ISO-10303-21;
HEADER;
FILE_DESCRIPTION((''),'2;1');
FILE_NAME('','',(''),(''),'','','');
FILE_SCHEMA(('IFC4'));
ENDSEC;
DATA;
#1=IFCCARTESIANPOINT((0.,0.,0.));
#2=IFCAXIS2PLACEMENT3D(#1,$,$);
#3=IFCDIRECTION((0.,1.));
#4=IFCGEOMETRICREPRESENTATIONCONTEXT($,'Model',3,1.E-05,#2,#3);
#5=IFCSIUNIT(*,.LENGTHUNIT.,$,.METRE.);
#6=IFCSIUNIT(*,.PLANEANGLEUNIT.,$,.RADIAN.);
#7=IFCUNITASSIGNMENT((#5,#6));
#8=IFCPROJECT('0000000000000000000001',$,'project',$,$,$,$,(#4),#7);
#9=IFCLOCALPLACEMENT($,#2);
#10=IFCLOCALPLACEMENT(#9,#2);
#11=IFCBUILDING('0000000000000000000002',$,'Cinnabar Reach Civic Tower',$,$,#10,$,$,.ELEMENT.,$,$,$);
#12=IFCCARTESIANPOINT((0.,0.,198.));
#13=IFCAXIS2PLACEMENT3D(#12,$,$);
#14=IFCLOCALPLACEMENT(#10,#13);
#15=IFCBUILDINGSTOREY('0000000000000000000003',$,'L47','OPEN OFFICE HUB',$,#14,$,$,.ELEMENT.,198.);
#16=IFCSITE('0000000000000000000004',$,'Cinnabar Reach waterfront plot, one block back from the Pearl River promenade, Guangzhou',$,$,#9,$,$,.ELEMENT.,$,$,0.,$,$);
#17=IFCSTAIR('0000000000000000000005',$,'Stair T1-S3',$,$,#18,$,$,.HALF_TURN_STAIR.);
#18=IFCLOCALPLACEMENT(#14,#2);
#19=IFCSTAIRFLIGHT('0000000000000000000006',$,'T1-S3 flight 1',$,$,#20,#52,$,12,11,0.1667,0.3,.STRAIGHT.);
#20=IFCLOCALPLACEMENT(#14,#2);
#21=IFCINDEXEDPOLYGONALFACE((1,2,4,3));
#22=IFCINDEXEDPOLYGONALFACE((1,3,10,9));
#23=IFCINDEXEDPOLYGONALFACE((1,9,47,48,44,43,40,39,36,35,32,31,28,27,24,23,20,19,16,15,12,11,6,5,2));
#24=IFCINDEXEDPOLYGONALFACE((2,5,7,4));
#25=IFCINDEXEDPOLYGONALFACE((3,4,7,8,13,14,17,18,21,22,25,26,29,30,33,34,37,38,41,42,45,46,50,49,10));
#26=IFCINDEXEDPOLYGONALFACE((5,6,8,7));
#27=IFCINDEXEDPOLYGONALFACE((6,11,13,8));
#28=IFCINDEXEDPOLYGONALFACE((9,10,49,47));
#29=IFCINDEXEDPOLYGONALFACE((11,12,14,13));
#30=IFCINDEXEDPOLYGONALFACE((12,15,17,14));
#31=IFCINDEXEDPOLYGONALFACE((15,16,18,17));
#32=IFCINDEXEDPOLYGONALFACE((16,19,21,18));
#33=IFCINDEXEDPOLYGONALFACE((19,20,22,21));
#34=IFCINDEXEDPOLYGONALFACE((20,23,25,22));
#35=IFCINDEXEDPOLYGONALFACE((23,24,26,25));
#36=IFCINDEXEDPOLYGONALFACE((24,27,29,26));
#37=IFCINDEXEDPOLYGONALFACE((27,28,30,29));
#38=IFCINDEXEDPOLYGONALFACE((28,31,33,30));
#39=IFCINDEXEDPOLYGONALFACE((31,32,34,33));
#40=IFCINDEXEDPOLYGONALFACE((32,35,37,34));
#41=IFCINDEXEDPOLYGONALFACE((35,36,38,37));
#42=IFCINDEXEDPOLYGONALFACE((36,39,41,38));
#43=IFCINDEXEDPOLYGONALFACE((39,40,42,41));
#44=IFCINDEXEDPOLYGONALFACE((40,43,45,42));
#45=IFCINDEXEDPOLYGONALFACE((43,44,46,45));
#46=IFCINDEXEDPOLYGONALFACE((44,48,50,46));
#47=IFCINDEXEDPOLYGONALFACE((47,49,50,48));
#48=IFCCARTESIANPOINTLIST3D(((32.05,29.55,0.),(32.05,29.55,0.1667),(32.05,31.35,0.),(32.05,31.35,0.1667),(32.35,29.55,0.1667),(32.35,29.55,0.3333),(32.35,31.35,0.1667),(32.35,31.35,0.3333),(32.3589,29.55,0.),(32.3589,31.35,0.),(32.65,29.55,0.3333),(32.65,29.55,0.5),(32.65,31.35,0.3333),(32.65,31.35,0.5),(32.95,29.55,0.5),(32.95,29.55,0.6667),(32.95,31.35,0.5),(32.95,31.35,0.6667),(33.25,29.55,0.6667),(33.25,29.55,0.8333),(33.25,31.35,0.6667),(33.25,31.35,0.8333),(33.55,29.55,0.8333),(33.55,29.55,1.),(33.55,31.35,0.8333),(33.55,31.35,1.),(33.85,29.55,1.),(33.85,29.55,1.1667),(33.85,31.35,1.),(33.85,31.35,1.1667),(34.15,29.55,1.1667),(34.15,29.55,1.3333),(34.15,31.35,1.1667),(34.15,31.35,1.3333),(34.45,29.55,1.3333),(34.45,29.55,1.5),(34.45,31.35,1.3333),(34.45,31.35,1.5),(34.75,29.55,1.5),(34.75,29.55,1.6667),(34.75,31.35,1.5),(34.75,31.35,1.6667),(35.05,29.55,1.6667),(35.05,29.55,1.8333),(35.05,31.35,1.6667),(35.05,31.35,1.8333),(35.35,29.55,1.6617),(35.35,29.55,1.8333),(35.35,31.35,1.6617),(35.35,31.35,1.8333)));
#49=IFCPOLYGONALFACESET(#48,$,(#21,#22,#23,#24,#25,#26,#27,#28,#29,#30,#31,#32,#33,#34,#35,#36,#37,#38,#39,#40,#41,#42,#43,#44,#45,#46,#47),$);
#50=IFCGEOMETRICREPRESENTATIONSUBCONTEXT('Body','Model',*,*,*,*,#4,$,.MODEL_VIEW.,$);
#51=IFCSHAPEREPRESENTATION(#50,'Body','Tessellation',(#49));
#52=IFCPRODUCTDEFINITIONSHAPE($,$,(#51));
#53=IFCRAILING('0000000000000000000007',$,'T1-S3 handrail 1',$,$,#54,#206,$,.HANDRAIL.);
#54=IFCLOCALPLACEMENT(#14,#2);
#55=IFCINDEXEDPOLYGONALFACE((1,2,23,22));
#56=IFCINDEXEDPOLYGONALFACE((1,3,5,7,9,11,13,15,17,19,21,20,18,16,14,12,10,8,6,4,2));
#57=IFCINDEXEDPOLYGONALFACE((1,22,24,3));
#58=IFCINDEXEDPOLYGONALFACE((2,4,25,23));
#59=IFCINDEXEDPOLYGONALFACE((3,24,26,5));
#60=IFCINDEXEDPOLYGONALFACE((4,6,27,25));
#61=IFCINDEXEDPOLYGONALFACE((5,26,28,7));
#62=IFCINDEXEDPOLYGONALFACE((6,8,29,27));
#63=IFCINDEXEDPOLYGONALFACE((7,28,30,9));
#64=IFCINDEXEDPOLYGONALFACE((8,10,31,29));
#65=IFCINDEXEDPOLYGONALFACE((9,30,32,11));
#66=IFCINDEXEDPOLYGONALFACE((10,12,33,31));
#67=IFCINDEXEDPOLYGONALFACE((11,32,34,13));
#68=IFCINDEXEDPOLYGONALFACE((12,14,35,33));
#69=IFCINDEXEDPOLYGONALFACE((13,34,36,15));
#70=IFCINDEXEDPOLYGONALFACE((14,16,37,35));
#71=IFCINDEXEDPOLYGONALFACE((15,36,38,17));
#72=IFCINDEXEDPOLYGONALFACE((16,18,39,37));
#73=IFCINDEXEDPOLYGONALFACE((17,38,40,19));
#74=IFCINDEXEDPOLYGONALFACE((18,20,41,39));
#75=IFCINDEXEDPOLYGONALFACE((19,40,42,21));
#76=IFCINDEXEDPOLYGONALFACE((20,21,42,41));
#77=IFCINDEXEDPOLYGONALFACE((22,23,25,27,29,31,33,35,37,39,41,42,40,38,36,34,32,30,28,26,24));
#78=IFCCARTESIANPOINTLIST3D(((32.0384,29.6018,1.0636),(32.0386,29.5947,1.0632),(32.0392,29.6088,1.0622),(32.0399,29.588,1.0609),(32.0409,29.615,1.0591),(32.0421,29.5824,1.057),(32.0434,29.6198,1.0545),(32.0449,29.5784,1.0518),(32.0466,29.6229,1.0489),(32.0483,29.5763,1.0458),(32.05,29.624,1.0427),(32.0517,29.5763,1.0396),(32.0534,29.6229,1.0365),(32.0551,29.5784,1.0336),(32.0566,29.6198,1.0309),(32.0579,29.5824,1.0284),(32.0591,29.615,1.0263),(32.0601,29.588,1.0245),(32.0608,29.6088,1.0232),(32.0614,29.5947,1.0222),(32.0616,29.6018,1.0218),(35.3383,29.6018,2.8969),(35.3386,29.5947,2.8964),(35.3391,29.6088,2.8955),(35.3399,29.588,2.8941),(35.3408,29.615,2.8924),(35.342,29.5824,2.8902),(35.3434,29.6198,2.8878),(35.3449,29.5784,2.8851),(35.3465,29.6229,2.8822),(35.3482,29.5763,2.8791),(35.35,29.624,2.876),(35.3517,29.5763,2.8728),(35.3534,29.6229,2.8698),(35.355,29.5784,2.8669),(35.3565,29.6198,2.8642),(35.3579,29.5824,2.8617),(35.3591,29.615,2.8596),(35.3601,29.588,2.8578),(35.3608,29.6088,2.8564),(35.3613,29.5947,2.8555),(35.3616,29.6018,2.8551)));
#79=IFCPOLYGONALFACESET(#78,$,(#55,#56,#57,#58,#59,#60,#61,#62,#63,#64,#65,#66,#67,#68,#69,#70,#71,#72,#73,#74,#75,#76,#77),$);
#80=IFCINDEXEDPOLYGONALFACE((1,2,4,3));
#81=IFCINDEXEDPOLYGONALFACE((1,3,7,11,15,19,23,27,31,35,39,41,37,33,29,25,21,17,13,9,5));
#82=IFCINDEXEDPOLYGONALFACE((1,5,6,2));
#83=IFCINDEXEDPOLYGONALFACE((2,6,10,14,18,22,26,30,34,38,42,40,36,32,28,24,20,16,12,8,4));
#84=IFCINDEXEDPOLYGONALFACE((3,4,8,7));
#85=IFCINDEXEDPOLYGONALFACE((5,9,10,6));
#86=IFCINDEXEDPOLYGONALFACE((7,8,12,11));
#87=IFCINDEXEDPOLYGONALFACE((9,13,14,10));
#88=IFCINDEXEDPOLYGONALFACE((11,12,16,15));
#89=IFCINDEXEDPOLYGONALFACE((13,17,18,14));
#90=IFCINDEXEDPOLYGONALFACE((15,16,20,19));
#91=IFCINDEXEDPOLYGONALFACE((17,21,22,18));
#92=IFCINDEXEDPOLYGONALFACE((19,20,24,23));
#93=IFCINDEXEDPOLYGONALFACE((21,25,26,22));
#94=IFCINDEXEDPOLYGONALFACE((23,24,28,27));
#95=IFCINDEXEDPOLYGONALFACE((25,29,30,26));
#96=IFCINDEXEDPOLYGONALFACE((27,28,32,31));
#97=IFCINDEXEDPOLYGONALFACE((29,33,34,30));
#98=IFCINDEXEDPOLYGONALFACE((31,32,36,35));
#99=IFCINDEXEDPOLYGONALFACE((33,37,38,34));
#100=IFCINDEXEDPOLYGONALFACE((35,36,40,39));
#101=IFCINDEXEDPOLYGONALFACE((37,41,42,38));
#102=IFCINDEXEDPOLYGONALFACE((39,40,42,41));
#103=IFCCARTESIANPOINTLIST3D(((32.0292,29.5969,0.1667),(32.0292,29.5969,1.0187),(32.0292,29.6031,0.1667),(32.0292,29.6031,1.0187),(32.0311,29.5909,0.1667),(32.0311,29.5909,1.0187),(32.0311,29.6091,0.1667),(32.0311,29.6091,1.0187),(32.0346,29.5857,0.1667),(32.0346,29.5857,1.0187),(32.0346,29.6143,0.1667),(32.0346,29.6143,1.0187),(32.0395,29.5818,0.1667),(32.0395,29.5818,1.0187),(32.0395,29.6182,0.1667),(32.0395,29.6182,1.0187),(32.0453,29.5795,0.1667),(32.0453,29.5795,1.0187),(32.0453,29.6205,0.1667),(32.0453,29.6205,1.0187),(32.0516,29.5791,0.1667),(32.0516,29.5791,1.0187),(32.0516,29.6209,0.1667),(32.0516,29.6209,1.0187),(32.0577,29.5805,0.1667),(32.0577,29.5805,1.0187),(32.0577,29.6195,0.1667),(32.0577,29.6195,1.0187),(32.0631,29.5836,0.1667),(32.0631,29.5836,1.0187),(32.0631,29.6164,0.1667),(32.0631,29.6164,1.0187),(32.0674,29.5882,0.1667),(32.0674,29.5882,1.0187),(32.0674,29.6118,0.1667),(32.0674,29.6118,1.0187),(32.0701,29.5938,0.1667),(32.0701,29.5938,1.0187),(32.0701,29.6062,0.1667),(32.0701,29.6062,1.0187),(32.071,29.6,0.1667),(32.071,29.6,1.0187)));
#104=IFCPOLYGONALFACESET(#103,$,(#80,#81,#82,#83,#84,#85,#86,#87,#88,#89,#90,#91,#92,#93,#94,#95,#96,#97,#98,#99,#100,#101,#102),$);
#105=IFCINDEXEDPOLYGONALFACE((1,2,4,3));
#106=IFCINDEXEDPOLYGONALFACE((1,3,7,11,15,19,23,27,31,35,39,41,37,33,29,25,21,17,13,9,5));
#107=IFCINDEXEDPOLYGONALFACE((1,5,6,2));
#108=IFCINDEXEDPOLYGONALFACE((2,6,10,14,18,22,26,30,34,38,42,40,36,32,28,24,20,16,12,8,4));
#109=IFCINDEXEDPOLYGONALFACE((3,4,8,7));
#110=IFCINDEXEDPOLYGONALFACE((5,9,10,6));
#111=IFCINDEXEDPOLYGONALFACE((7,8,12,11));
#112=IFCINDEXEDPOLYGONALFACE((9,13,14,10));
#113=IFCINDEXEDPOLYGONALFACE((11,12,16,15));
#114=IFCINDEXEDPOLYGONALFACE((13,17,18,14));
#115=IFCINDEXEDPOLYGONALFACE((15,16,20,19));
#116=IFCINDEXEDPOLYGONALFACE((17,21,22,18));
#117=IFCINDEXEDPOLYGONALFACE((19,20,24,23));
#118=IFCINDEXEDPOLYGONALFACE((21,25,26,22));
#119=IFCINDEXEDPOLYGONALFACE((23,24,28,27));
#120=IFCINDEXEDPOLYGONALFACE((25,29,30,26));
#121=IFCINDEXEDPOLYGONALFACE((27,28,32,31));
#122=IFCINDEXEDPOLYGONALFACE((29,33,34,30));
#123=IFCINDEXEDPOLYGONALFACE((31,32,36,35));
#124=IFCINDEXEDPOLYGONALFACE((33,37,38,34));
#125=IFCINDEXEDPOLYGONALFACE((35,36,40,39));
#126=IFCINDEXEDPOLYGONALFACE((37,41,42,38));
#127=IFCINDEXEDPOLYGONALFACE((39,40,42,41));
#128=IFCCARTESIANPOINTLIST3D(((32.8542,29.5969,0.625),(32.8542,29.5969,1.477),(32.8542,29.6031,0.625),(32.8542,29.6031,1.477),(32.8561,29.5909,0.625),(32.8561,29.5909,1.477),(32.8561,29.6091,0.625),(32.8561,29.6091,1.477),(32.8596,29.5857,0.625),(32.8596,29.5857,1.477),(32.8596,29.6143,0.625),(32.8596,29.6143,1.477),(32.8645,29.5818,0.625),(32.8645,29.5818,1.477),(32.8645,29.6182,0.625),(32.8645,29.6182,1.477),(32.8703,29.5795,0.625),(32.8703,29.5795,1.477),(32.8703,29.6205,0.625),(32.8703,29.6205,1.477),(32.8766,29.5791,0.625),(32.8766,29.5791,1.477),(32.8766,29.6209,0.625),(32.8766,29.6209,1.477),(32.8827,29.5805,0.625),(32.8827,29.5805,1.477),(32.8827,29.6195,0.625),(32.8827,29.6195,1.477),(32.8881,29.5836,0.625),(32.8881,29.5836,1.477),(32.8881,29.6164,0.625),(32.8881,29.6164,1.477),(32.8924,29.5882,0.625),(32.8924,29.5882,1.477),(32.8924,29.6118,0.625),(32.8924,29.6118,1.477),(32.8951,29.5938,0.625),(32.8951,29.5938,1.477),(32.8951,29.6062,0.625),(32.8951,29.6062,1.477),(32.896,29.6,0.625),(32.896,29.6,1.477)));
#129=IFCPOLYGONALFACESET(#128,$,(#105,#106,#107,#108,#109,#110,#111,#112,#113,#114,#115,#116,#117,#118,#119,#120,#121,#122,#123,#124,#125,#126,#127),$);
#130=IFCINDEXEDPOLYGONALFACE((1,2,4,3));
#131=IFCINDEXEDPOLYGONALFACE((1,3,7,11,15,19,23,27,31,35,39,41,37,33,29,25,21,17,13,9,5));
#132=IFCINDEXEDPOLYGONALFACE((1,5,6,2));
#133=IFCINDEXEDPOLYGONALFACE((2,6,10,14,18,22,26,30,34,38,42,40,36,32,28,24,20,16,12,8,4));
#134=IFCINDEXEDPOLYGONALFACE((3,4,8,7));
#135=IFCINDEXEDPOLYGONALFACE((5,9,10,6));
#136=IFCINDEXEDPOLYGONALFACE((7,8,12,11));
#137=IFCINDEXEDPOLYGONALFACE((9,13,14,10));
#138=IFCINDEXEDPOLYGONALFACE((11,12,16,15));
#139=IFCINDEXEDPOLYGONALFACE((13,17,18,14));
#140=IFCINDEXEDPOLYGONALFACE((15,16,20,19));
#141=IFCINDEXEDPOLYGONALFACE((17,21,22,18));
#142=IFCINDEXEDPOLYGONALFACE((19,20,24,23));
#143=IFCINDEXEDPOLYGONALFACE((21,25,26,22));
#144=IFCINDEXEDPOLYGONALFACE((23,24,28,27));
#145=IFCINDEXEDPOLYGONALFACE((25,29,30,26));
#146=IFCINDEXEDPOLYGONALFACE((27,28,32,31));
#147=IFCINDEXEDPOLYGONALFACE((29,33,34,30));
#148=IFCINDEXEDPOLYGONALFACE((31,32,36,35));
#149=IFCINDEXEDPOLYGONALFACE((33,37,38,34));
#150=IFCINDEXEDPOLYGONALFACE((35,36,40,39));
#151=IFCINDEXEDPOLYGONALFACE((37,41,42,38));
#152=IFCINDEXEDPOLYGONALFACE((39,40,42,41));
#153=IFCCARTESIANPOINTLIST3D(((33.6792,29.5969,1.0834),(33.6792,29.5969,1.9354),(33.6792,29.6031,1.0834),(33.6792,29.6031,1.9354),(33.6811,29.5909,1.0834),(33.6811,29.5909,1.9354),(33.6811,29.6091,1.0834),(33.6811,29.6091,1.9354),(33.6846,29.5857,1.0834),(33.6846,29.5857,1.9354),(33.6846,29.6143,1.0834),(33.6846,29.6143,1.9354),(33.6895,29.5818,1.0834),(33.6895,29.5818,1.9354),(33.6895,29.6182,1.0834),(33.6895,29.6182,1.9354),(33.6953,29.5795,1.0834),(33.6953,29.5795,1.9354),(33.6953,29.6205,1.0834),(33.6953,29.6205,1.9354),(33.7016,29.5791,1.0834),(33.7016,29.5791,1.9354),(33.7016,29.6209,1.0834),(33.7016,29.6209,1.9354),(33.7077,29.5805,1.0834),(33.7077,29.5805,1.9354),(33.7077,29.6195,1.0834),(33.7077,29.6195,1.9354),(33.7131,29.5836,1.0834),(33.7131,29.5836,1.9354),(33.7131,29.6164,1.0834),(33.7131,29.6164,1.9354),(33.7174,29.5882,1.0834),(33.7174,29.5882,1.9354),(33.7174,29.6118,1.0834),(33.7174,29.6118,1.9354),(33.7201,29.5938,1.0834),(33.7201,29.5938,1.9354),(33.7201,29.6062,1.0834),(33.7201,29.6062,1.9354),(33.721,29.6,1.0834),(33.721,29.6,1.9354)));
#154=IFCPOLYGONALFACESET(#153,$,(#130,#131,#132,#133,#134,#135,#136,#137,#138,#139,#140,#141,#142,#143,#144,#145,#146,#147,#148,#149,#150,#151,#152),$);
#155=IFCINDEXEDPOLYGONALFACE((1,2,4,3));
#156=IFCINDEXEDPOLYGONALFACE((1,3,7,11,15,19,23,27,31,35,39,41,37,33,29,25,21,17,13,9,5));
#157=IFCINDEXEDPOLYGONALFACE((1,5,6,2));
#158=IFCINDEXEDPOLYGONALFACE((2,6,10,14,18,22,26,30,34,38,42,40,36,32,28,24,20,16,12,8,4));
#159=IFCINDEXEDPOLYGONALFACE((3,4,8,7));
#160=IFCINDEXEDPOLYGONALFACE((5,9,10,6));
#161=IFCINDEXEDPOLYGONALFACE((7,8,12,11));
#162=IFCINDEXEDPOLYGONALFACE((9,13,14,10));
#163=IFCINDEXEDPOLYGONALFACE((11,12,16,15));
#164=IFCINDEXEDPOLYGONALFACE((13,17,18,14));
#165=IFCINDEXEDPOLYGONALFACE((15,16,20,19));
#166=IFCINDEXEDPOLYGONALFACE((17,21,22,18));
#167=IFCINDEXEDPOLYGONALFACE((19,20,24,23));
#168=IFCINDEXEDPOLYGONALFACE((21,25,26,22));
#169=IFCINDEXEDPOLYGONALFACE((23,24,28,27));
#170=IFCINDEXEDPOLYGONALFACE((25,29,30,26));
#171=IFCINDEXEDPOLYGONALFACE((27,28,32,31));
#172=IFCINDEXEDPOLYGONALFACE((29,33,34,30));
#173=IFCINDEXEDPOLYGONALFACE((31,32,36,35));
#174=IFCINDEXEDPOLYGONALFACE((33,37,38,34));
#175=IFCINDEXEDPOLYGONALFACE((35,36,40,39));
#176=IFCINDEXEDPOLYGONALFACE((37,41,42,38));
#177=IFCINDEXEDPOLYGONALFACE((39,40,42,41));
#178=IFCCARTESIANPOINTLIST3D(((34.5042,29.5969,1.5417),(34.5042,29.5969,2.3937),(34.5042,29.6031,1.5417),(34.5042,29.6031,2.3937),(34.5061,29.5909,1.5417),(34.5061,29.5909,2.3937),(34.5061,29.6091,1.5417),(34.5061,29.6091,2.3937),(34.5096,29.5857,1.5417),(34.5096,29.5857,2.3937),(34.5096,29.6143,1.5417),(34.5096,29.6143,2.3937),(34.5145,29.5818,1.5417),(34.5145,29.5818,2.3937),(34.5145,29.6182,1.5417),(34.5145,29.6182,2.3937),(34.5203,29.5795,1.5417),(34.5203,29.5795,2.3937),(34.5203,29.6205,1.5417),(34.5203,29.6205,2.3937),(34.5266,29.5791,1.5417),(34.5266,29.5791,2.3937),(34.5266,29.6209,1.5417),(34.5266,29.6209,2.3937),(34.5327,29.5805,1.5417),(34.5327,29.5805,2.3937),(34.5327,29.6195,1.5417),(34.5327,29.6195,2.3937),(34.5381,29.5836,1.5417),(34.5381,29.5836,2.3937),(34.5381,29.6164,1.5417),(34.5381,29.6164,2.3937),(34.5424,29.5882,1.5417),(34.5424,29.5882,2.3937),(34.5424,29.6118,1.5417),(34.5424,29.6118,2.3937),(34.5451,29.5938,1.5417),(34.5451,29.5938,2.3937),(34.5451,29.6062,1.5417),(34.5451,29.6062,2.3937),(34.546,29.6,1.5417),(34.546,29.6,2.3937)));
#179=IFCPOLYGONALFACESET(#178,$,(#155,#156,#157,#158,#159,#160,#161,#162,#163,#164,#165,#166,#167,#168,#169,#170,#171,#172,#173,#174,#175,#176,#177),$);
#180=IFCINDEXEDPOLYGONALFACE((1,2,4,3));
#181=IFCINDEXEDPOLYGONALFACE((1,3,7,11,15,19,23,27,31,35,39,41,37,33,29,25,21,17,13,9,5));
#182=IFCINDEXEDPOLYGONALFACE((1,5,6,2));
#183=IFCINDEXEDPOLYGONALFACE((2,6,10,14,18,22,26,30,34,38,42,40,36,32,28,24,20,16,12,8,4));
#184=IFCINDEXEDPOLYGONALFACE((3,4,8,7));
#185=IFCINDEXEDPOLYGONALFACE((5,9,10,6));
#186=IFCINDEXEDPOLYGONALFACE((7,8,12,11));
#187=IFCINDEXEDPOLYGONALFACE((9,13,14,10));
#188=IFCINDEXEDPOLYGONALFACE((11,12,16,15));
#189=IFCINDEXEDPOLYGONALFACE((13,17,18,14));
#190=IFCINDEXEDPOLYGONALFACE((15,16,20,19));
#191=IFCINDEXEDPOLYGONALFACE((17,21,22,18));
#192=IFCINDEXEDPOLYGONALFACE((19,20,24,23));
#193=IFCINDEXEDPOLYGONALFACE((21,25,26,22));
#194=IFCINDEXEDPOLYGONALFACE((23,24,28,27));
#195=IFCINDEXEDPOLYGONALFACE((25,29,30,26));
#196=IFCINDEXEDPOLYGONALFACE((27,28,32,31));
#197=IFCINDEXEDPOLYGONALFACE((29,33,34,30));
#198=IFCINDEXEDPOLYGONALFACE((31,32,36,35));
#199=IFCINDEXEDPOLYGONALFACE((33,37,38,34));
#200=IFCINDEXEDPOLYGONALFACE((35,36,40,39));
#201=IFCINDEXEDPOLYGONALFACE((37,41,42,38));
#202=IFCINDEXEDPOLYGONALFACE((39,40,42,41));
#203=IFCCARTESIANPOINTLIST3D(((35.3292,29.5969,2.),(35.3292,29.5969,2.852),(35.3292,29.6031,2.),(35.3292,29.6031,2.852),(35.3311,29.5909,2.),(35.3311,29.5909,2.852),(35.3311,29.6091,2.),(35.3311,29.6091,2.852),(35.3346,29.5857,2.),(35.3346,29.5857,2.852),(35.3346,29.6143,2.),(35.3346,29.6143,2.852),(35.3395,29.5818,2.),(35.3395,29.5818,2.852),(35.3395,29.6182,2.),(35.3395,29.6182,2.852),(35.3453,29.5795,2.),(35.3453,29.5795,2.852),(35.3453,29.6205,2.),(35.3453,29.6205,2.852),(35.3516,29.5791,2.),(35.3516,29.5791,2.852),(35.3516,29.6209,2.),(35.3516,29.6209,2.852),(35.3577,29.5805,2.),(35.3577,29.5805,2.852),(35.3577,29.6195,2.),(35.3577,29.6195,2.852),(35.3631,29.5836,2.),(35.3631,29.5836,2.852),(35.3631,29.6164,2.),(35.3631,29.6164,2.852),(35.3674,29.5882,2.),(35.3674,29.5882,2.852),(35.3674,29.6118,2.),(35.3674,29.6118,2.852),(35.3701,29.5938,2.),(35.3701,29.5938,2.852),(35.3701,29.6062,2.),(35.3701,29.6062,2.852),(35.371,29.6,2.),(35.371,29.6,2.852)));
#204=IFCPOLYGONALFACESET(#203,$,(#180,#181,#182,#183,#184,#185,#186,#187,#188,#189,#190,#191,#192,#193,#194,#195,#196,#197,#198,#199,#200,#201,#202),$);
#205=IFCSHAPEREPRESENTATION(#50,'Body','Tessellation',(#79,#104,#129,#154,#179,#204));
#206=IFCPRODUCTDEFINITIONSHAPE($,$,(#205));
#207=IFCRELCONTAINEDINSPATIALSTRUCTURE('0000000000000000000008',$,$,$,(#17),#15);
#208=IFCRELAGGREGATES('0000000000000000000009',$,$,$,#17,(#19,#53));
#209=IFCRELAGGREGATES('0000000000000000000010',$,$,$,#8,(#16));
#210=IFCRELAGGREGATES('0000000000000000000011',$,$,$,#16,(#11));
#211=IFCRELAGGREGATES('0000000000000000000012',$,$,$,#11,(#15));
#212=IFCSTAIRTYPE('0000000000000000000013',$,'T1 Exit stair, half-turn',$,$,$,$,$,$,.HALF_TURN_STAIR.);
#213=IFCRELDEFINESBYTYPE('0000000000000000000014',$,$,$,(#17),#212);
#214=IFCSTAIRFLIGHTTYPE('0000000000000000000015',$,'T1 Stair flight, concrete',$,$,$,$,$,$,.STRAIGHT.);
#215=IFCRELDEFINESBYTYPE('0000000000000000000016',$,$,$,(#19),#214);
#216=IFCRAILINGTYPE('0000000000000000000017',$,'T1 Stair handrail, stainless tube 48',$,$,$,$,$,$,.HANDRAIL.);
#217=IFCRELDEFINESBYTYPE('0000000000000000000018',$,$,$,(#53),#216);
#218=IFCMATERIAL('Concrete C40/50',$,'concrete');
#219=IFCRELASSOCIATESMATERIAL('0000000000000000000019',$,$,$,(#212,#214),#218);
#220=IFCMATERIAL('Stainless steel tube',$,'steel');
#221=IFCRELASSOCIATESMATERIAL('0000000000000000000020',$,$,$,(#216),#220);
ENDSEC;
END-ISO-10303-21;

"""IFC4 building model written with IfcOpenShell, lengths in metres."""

from ifc_helpers import new_model, si_unit, direction, frame, origin, origin_2d, place, context, subcontext, project, spatial, polyline, circle, outline, extrude, material, type_object, element, aggregate, save


model = new_model("IFC4")

# Units and contexts
model_context = context("Model", 3, precision=1e-05, world=origin(), true_north=direction((0.0, 1.0)))
body_context = subcontext(model_context, "Body", "Model", "MODEL_VIEW")
ifc_project = project(units=[si_unit("LENGTHUNIT", "METRE"), si_unit("PLANEANGLEUNIT", "RADIAN")], contexts=[model_context])

# Site, building, storey
site_placement = place(None, origin())
site = spatial("IfcSite", under=ifc_project, at=site_placement, Name="Cinnabar Reach waterfront plot, one block back from the Pearl River promenade, Guangzhou", CompositionType="ELEMENT", RefElevation=0.0)
building_placement = place(site_placement, origin())
building = spatial("IfcBuilding", under=site, at=building_placement, Name="Cinnabar Reach Civic Tower", CompositionType="ELEMENT")
storey_placement = place(building_placement, frame((0.0, 0.0, 198.0)))
storey = spatial("IfcBuildingStorey", under=building, at=storey_placement, Name="L47", Description="OPEN OFFICE HUB", CompositionType="ELEMENT", Elevation=198.0)

# Stair, stair flight, railing
ifc_material_1 = material(Name="Concrete C40/50", Category="concrete")
stair_type = type_object("IfcStairType", Name="T1 Exit stair, half-turn", PredefinedType="HALF_TURN_STAIR", material=ifc_material_1)
stair_placement = place(storey_placement, origin())
stair = element("IfcStair", 1, at=stair_placement, inside=storey, type_object=stair_type, Name="Stair T1-S3", PredefinedType="HALF_TURN_STAIR")
stair_flight_type = type_object("IfcStairFlightType", Name="T1 Stair flight, concrete", PredefinedType="STRAIGHT", material=ifc_material_1)
stair_flight_placement = place(storey_placement, frame((32.05, 30.45, 0.0), z_axis=(0.0, 0.0, 1.0), x_axis=(1.0, 0.0, 0.0)))
stair_flight = element("IfcStairFlight", 2, at=stair_flight_placement, type_object=stair_flight_type, Name="T1-S3 flight 1", NumberOfRisers=12, NumberOfTreads=11, PredefinedType="STRAIGHT", RiserHeight=0.1667, TreadLength=0.3, context=body_context, shape_type="SweptSolid", body=[
    extrude(outline(polyline([(0.0, 0.0), (0.0, 0.1667), (0.3, 0.1667), (0.3, 0.3333), (0.6, 0.3333), (0.6, 0.5), (0.9, 0.5), (0.9, 0.6667), (1.2, 0.6667), (1.2, 0.8333), (1.5, 0.8333), (1.5, 1.0), (1.8, 1.0), (1.8, 1.1667), (2.1, 1.1667), (2.1, 1.3333), (2.4, 1.3333), (2.4, 1.5), (2.7, 1.5), (2.7, 1.6667), (3.0, 1.6667), (3.0, 1.8333), (3.3, 1.8333), (3.3, 2.0), (3.3, 1.6617), (0.3089, 0.0), (0.0, 0.0)])), frame((0.0, 0.9, 0.0), z_axis=(0.0, -1.0, 0.0), x_axis=(1.0, 0.0, 0.0)), (0.0, 0.0, 1.0), 1.8),
])
ifc_material_2 = material(Name="Stainless steel tube", Category="steel")
railing_type = type_object("IfcRailingType", Name="T1 Stair handrail, stainless tube 48", PredefinedType="HANDRAIL", material=ifc_material_2)
railing_placement = place(storey_placement, frame((32.05, 29.6, 0.1667)))
railing = element("IfcRailing", 3, at=railing_placement, type_object=railing_type, Name="T1-S3 handrail 1", PredefinedType="HANDRAIL", context=body_context, shape_type="SweptSolid", body=[
    extrude(circle(Radius=0.024, at=origin_2d()), frame((0.0, 0.0, 0.876), z_axis=(0.874161, 0.0, 0.485636), x_axis=(0.0, 1.0, 0.0)), (0.0, 0.0, 1.0), 3.775),
    extrude(circle(Radius=0.021, at=origin_2d()), origin(), (0.0, 0.0, 1.0), 0.852),
    extrude(circle(Radius=0.021, at=origin_2d()), frame((0.825, 0.0, 0.4583)), (0.0, 0.0, 1.0), 0.852),
    extrude(circle(Radius=0.021, at=origin_2d()), frame((1.65, 0.0, 0.9167)), (0.0, 0.0, 1.0), 0.852),
    extrude(circle(Radius=0.021, at=origin_2d()), frame((2.475, 0.0, 1.375)), (0.0, 0.0, 1.0), 0.852),
    extrude(circle(Radius=0.021, at=origin_2d()), frame((3.3, 0.0, 1.8333)), (0.0, 0.0, 1.0), 0.852),
])
aggregate(stair, [stair_flight, railing])

save(model, "model.ifc")
